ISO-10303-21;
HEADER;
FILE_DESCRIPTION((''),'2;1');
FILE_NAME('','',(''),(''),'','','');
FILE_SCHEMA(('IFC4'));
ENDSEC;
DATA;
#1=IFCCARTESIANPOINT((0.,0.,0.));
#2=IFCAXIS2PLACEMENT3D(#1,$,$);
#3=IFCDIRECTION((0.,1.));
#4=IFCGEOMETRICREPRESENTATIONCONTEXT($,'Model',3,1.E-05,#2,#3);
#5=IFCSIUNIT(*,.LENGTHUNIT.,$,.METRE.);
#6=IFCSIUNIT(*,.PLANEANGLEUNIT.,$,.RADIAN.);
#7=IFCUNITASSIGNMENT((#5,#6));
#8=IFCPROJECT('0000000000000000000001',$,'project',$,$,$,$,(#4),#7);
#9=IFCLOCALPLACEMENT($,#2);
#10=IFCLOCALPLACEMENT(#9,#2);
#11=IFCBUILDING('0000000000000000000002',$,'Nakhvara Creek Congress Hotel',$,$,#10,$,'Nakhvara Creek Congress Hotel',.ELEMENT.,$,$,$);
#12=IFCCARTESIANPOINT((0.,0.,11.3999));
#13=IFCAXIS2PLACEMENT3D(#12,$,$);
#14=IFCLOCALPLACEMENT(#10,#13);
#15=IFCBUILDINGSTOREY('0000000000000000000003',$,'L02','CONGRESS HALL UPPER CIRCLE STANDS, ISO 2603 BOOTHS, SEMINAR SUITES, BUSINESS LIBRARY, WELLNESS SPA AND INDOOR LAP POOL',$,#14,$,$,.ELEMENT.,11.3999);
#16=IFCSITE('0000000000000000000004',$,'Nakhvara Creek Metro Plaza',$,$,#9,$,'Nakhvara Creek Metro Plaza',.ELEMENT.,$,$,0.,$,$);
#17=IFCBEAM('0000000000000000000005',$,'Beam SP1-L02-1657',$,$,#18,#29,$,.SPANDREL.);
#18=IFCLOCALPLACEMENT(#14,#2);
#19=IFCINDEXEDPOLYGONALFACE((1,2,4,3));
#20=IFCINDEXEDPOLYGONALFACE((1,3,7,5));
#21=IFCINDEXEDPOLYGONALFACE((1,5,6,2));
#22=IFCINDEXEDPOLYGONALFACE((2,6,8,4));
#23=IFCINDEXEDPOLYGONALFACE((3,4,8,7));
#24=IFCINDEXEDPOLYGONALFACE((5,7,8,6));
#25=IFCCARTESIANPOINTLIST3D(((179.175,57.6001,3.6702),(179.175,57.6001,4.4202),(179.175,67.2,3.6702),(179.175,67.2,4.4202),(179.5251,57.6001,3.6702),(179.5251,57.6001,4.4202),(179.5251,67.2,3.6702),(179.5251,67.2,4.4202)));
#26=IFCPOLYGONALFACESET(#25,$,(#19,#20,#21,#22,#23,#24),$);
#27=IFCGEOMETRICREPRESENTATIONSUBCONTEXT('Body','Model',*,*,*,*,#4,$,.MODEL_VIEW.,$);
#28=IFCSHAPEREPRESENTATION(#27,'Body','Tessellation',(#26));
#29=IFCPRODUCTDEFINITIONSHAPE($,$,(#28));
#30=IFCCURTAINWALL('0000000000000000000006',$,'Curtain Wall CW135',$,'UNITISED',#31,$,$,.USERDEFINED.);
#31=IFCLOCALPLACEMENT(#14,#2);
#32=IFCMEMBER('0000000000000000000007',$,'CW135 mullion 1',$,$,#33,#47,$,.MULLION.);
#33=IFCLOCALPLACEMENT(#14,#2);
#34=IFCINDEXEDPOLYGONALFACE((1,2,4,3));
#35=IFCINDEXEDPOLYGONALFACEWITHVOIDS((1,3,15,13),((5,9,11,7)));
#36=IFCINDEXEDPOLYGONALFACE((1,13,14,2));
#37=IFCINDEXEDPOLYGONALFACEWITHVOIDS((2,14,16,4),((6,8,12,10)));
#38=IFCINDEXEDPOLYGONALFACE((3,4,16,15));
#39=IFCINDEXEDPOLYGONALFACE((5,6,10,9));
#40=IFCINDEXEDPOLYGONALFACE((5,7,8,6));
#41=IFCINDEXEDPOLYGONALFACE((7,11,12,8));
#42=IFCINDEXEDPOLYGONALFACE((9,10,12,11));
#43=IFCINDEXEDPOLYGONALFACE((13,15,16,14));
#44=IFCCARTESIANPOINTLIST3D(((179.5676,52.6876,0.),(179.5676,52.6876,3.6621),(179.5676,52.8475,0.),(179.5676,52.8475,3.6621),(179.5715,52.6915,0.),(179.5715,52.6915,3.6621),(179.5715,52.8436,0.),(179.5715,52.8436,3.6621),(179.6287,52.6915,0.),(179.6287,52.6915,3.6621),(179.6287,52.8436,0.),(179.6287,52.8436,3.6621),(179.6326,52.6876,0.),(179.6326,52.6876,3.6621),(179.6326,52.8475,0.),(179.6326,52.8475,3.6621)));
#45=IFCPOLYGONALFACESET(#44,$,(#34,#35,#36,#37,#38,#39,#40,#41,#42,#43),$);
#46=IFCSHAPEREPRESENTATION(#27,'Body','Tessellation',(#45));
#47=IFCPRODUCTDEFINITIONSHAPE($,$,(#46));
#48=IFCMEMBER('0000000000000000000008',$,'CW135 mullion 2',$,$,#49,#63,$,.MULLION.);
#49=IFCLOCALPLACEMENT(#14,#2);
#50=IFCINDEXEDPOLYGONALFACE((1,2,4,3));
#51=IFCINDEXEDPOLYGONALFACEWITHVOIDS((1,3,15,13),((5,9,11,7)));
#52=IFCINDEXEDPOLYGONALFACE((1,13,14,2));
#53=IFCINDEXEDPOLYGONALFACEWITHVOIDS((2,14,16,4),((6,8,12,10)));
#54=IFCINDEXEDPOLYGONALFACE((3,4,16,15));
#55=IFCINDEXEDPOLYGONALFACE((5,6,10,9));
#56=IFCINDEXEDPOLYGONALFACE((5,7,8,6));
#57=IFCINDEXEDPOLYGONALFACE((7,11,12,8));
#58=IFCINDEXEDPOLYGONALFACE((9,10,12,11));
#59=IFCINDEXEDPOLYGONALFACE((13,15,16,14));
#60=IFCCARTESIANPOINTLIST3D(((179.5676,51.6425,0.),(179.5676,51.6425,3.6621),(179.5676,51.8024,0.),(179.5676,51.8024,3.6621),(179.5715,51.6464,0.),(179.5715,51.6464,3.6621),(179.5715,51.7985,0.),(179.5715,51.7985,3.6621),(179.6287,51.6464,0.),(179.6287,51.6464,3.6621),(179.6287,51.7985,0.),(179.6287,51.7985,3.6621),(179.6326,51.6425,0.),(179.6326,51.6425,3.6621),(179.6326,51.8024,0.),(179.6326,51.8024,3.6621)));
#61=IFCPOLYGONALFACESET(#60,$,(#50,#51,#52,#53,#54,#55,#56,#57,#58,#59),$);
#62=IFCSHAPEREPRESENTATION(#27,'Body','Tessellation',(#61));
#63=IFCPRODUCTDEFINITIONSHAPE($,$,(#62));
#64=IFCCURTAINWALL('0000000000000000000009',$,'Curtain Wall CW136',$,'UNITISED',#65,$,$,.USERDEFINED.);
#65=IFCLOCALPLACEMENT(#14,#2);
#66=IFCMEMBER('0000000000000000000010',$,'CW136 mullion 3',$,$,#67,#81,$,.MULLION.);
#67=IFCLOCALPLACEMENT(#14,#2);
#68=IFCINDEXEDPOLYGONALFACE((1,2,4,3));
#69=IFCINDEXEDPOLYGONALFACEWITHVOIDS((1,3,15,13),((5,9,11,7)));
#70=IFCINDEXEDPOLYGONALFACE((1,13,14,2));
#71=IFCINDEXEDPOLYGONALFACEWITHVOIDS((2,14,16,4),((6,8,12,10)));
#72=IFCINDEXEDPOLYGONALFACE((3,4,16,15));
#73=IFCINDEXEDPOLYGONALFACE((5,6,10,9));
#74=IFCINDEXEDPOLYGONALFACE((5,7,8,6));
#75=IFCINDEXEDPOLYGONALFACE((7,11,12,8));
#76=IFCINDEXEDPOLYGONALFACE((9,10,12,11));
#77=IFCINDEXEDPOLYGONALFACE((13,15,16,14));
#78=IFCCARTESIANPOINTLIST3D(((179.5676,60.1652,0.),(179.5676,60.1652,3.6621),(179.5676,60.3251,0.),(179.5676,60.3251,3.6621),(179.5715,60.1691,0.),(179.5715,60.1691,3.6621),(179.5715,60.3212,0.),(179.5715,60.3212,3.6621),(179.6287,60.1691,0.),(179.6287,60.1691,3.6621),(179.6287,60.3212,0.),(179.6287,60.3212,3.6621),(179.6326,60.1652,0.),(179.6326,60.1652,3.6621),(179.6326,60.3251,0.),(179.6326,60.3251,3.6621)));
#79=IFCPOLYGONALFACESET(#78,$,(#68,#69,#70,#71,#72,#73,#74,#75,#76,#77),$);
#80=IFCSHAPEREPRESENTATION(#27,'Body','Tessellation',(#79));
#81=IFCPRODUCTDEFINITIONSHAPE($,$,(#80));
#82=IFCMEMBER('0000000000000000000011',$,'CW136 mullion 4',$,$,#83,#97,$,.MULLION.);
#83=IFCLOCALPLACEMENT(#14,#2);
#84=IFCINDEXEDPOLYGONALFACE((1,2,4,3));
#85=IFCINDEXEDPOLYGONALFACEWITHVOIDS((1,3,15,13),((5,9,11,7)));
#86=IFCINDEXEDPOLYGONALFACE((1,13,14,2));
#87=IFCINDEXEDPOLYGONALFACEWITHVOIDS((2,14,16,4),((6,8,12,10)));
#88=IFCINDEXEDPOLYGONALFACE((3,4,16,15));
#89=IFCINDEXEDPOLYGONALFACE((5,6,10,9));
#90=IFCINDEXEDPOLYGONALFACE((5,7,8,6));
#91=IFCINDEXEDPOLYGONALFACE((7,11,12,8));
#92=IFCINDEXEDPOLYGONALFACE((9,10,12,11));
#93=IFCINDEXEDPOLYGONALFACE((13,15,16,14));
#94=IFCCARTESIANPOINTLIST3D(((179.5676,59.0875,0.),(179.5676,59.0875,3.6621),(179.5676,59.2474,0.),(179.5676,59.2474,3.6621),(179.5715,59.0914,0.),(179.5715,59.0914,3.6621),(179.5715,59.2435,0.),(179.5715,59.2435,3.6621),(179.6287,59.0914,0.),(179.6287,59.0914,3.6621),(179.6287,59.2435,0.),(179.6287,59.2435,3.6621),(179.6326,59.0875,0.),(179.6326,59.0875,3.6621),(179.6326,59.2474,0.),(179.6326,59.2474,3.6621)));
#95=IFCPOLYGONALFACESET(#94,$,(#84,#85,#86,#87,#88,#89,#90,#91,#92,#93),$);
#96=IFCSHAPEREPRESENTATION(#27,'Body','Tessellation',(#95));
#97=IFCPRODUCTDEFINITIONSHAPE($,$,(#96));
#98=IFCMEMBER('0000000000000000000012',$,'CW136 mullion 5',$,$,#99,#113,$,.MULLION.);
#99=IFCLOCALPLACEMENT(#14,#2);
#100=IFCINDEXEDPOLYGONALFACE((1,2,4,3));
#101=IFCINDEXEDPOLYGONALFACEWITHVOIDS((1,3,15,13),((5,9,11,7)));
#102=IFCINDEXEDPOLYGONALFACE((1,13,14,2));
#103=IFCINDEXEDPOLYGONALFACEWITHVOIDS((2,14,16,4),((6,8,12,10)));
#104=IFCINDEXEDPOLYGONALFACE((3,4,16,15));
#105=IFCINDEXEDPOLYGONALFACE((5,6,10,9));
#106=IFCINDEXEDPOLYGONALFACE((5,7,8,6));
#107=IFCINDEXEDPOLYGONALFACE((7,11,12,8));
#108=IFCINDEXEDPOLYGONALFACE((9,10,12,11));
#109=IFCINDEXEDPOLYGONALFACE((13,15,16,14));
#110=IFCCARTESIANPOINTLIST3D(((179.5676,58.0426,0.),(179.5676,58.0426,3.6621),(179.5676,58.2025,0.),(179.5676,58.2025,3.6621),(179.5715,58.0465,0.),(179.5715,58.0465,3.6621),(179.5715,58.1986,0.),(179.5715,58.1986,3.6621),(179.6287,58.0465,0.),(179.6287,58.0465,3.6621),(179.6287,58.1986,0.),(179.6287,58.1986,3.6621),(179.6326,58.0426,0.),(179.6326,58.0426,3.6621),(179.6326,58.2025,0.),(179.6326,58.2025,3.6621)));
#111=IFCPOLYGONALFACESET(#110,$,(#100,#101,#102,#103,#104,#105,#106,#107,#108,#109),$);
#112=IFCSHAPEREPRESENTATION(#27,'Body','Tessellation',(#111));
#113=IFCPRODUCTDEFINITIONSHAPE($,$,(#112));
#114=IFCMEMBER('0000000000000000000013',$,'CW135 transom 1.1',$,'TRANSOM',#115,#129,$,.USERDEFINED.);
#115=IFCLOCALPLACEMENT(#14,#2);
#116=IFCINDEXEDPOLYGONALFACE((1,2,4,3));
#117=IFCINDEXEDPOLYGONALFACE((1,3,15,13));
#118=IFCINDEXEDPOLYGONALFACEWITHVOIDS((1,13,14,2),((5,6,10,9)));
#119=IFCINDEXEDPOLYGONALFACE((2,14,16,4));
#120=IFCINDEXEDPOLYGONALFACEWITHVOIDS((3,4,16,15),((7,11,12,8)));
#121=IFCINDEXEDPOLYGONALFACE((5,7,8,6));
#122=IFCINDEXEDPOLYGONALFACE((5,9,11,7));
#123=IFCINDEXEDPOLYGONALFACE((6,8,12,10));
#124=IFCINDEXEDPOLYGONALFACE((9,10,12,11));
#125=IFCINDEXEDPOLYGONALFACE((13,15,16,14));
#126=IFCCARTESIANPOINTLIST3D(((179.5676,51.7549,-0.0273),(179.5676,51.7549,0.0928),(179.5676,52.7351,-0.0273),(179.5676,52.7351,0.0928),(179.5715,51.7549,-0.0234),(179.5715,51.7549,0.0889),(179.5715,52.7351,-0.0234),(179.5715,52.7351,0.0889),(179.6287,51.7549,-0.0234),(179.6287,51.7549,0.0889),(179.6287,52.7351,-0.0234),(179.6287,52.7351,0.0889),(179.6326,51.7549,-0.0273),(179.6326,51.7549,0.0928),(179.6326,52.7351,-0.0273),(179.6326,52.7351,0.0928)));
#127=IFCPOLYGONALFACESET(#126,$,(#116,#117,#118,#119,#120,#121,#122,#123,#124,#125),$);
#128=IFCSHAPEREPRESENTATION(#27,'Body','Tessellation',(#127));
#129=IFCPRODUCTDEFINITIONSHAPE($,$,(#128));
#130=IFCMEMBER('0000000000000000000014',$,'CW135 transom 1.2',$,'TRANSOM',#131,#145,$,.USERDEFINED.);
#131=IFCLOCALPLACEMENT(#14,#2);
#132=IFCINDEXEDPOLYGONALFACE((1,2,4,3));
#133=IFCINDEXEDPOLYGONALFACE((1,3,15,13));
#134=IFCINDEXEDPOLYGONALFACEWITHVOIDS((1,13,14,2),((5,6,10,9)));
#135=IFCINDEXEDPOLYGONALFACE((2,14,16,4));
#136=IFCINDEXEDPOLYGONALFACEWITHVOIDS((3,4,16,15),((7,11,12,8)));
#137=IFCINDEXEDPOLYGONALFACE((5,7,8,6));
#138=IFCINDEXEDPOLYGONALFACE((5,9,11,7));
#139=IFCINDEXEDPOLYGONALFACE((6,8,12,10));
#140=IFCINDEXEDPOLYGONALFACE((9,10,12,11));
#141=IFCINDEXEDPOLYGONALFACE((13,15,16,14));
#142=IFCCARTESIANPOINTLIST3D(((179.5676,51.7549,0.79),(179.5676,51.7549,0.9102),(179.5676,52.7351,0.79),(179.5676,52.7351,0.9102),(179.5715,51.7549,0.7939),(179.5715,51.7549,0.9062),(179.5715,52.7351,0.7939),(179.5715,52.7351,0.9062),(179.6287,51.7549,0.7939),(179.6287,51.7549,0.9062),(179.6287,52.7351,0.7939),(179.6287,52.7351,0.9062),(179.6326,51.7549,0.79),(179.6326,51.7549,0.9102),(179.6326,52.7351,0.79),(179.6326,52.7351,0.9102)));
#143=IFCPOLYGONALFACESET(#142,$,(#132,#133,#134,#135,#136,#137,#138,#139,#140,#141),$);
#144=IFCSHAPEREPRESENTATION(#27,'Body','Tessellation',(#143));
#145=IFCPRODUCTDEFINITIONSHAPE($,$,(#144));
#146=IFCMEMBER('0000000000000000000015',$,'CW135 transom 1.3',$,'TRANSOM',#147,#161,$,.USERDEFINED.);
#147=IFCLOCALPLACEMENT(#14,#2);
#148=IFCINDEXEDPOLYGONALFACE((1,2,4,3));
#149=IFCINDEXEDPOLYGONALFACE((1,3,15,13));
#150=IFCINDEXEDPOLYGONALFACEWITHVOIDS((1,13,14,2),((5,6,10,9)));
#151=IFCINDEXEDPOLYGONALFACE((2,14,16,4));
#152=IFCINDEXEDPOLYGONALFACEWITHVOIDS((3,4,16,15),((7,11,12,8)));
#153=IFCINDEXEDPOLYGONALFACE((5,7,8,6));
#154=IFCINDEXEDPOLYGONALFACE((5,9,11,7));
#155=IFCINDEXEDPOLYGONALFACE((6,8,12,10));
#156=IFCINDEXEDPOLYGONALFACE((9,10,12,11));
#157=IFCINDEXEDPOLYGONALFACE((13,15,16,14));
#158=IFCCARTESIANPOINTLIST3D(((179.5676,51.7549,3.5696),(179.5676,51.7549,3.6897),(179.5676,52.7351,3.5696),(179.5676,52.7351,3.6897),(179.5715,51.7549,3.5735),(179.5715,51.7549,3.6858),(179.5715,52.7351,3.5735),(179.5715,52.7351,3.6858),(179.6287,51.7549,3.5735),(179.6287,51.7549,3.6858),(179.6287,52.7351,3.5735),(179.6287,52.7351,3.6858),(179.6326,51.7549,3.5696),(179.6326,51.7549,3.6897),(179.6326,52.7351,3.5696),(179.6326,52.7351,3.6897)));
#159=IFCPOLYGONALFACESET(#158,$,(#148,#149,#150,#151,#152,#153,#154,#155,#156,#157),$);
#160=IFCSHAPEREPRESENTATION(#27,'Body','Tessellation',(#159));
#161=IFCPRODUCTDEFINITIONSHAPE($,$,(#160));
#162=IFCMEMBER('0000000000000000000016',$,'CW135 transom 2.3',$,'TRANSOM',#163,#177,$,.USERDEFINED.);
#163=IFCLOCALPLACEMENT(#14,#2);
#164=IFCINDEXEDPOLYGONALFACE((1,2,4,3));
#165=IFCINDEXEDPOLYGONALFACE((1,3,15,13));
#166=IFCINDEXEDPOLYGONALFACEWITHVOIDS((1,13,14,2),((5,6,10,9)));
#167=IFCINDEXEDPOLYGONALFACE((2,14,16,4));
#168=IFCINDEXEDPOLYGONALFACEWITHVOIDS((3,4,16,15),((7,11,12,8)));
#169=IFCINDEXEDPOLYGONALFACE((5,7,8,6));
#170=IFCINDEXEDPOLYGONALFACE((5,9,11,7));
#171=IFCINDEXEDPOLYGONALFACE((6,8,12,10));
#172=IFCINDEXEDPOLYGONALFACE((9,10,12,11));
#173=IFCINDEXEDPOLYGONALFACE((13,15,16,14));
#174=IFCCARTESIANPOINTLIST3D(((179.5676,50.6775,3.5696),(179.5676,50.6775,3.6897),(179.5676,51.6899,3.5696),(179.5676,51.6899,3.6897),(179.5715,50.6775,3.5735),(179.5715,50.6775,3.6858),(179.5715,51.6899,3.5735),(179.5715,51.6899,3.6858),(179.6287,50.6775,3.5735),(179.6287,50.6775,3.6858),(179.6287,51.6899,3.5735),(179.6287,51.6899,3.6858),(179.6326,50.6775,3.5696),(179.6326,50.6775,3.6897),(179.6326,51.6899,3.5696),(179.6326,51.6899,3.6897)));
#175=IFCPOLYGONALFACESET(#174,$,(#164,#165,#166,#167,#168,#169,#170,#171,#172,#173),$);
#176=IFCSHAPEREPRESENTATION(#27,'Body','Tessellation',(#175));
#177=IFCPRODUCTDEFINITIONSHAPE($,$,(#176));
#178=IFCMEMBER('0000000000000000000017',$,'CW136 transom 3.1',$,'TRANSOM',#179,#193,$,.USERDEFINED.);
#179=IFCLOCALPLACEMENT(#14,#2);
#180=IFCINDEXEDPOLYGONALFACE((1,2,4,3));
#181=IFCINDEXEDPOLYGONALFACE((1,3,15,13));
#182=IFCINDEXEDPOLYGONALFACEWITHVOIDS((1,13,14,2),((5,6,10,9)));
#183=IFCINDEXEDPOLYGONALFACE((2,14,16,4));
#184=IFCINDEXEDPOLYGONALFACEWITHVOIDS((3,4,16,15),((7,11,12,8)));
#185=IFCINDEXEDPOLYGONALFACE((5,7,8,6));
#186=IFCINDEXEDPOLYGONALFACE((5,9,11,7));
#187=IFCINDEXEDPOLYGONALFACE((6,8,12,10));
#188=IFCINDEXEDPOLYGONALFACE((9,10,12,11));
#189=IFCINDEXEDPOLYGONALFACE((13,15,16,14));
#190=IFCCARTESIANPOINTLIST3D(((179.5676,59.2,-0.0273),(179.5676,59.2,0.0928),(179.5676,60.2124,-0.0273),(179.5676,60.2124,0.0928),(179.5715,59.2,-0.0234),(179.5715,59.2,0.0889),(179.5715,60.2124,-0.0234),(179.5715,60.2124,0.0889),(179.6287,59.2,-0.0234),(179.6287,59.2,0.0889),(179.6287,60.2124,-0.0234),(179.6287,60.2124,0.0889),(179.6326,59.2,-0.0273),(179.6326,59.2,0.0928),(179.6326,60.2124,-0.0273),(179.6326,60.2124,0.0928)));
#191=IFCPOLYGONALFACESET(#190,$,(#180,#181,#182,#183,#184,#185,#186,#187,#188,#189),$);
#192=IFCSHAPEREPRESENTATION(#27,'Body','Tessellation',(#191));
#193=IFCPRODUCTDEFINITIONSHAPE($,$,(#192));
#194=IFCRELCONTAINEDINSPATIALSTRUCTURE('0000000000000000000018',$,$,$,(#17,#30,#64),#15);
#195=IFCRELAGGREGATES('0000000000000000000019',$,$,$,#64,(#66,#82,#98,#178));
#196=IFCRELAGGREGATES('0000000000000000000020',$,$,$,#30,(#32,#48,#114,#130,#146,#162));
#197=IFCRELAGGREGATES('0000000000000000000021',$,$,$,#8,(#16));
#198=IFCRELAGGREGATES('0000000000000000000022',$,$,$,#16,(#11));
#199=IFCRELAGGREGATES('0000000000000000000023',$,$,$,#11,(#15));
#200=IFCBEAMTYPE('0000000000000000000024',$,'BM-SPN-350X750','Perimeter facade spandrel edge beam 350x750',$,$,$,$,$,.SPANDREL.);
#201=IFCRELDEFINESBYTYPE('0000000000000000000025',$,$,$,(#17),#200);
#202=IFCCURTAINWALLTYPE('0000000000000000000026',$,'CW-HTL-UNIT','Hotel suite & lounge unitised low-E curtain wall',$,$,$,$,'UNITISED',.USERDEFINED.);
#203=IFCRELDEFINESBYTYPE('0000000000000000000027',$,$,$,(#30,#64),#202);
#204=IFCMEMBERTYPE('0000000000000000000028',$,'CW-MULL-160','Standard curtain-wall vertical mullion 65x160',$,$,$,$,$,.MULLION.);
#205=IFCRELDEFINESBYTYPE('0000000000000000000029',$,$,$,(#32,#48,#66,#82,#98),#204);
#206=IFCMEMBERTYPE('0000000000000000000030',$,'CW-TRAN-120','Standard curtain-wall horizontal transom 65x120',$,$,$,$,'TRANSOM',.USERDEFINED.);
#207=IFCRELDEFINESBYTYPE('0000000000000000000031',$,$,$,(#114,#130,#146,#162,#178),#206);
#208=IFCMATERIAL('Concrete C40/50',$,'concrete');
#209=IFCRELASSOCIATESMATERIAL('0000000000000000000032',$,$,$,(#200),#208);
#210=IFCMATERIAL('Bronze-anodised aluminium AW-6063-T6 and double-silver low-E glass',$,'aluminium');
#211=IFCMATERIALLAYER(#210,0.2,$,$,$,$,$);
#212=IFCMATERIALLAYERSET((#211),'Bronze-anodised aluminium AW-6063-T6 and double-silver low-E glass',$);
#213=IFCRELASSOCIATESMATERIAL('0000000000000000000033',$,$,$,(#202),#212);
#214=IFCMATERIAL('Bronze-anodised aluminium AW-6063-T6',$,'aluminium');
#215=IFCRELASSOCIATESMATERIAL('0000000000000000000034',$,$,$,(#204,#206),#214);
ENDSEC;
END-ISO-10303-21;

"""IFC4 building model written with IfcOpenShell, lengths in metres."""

from ifc_helpers import new_model, si_unit, direction, frame, origin, origin_2d, place, context, subcontext, project, spatial, rectangle, hollow_rectangle, extrude, material, layer, layer_set, material_profile, profile_set, type_object, element, aggregate, save


model = new_model("IFC4")

# Units and contexts
model_context = context("Model", 3, precision=1e-05, world=origin(), true_north=direction((0.0, 1.0)))
body_context = subcontext(model_context, "Body", "Model", "MODEL_VIEW")
ifc_project = project(units=[si_unit("LENGTHUNIT", "METRE"), si_unit("PLANEANGLEUNIT", "RADIAN")], contexts=[model_context])

# Site, building, storey
site_placement = place(None, origin())
site = spatial("IfcSite", under=ifc_project, at=site_placement, Name="Nakhvara Creek Metro Plaza", LongName="Nakhvara Creek Metro Plaza", CompositionType="ELEMENT", RefElevation=0.0)
building_placement = place(site_placement, origin())
building = spatial("IfcBuilding", under=site, at=building_placement, Name="Nakhvara Creek Congress Hotel", LongName="Nakhvara Creek Congress Hotel", CompositionType="ELEMENT")
storey_placement = place(building_placement, frame((0.0, 0.0, 11.3999)))
storey = spatial("IfcBuildingStorey", under=building, at=storey_placement, Name="L02", Description="CONGRESS HALL UPPER CIRCLE STANDS, ISO 2603 BOOTHS, SEMINAR SUITES, BUSINESS LIBRARY, WELLNESS SPA AND INDOOR LAP POOL", CompositionType="ELEMENT", Elevation=11.3999)

# Beam
ifc_material_1 = material(Name="Concrete C40/50", Category="concrete")
ifc_material_profile_1 = material_profile(ifc_material_1, rectangle(XDim=0.3501, YDim=0.75, at=origin_2d()), Name="RC-SPANDREL 350x750", Category="LoadBearing")
ifc_profile_set_1 = profile_set([ifc_material_profile_1], Name="Concrete C40/50")
beam_type = type_object("IfcBeamType", Name="BM-SPN-350X750", Description="Perimeter facade spandrel edge beam 350x750", PredefinedType="SPANDREL", material=ifc_profile_set_1)
beam_placement = place(storey_placement, frame((179.3501, 57.6001, 4.0452), z_axis=(0.0, 1.0, 0.0), x_axis=(-1.0, 0.0, 0.0)))
element("IfcBeam", 1, at=beam_placement, inside=storey, type_object=beam_type, Name="Beam SP1-L02-1657", PredefinedType="SPANDREL", context=body_context, shape_type="SweptSolid", body=[
    extrude(rectangle(XDim=0.3501, YDim=0.75, at=origin_2d()), origin(), (0.0, 0.0, 1.0), 9.5999),
])

# Curtain walls, members
ifc_material_2 = material(Name="Bronze-anodised aluminium AW-6063-T6 and double-silver low-E glass", Category="aluminium")
ifc_layer_1 = layer(ifc_material_2, 0.2)
ifc_layer_set_1 = layer_set([ifc_layer_1], Name="Bronze-anodised aluminium AW-6063-T6 and double-silver low-E glass")
curtain_wall_type = type_object("IfcCurtainWallType", Name="CW-HTL-UNIT", Description="Hotel suite & lounge unitised low-E curtain wall", ElementType="UNITISED", PredefinedType="USERDEFINED", material=ifc_layer_set_1)
curtain_wall_1_placement = place(storey_placement, origin())
curtain_wall_1 = element("IfcCurtainWall", 2, at=curtain_wall_1_placement, inside=storey, type_object=curtain_wall_type, Name="Curtain Wall CW135", ObjectType="UNITISED", PredefinedType="USERDEFINED")
ifc_material_3 = material(Name="Bronze-anodised aluminium AW-6063-T6", Category="aluminium")
ifc_material_profile_2 = material_profile(ifc_material_3, hollow_rectangle(XDim=0.0649, YDim=0.1599, WallThickness=0.0039, at=origin_2d()), Name="ALU-MULL 65x160x4", Category="LoadBearing")
ifc_profile_set_2 = profile_set([ifc_material_profile_2], Name="Bronze-anodised aluminium AW-6063-T6")
member_type_1 = type_object("IfcMemberType", Name="CW-MULL-160", Description="Standard curtain-wall vertical mullion 65x160", PredefinedType="MULLION", material=ifc_profile_set_2)
member_1_placement = place(storey_placement, frame((179.6001, 52.7676, 0.0), z_axis=(0.0, 0.0, 1.0), x_axis=(1.0, 0.0, 0.0)))
member_1 = element("IfcMember", 3, at=member_1_placement, type_object=member_type_1, Name="CW135 mullion 1", PredefinedType="MULLION", context=body_context, shape_type="SweptSolid", body=[
    extrude(hollow_rectangle(XDim=0.0649, YDim=0.1599, WallThickness=0.0039, at=origin_2d()), origin(), (0.0, 0.0, 1.0), 3.6621),
])
member_2_placement = place(storey_placement, frame((179.6001, 51.7224, 0.0), z_axis=(0.0, 0.0, 1.0), x_axis=(1.0, 0.0, 0.0)))
member_2 = element("IfcMember", 4, at=member_2_placement, type_object=member_type_1, Name="CW135 mullion 2", PredefinedType="MULLION", context=body_context, shape_type="SweptSolid", body=[
    extrude(hollow_rectangle(XDim=0.0649, YDim=0.1599, WallThickness=0.0039, at=origin_2d()), origin(), (0.0, 0.0, 1.0), 3.6621),
])
curtain_wall_2_placement = place(storey_placement, origin())
curtain_wall_2 = element("IfcCurtainWall", 5, at=curtain_wall_2_placement, inside=storey, type_object=curtain_wall_type, Name="Curtain Wall CW136", ObjectType="UNITISED", PredefinedType="USERDEFINED")
member_3_placement = place(storey_placement, frame((179.6001, 60.2451, 0.0), z_axis=(0.0, 0.0, 1.0), x_axis=(1.0, 0.0, 0.0)))
member_3 = element("IfcMember", 6, at=member_3_placement, type_object=member_type_1, Name="CW136 mullion 3", PredefinedType="MULLION", context=body_context, shape_type="SweptSolid", body=[
    extrude(hollow_rectangle(XDim=0.0649, YDim=0.1599, WallThickness=0.0039, at=origin_2d()), origin(), (0.0, 0.0, 1.0), 3.6621),
])
member_4_placement = place(storey_placement, frame((179.6001, 59.1675, 0.0), z_axis=(0.0, 0.0, 1.0), x_axis=(1.0, 0.0, 0.0)))
member_4 = element("IfcMember", 7, at=member_4_placement, type_object=member_type_1, Name="CW136 mullion 4", PredefinedType="MULLION", context=body_context, shape_type="SweptSolid", body=[
    extrude(hollow_rectangle(XDim=0.0649, YDim=0.1599, WallThickness=0.0039, at=origin_2d()), origin(), (0.0, 0.0, 1.0), 3.6621),
])
member_5_placement = place(storey_placement, frame((179.6001, 58.1226, 0.0), z_axis=(0.0, 0.0, 1.0), x_axis=(1.0, 0.0, 0.0)))
member_5 = element("IfcMember", 8, at=member_5_placement, type_object=member_type_1, Name="CW136 mullion 5", PredefinedType="MULLION", context=body_context, shape_type="SweptSolid", body=[
    extrude(hollow_rectangle(XDim=0.0649, YDim=0.1599, WallThickness=0.0039, at=origin_2d()), origin(), (0.0, 0.0, 1.0), 3.6621),
])

# Members
ifc_material_profile_3 = material_profile(ifc_material_3, hollow_rectangle(XDim=0.0649, YDim=0.1201, WallThickness=0.0039, at=origin_2d()), Name="ALU-TRAN 65x120x4", Category="LoadBearing")
ifc_profile_set_3 = profile_set([ifc_material_profile_3], Name="Bronze-anodised aluminium AW-6063-T6")
member_type_2 = type_object("IfcMemberType", Name="CW-TRAN-120", Description="Standard curtain-wall horizontal transom 65x120", ElementType="TRANSOM", PredefinedType="USERDEFINED", material=ifc_profile_set_3)
member_6_placement = place(storey_placement, frame((179.6001, 52.7351, 0.0327), z_axis=(0.0, -1.0, 0.0), x_axis=(1.0, 0.0, 0.0)))
member_6 = element("IfcMember", 9, at=member_6_placement, type_object=member_type_2, Name="CW135 transom 1.1", ObjectType="TRANSOM", PredefinedType="USERDEFINED", context=body_context, shape_type="SweptSolid", body=[
    extrude(hollow_rectangle(XDim=0.0649, YDim=0.1201, WallThickness=0.0039, at=origin_2d()), origin(), (0.0, 0.0, 1.0), 0.9802),
])
member_7_placement = place(storey_placement, frame((179.6001, 52.7351, 0.8501), z_axis=(0.0, -1.0, 0.0), x_axis=(1.0, 0.0, 0.0)))
member_7 = element("IfcMember", 10, at=member_7_placement, type_object=member_type_2, Name="CW135 transom 1.2", ObjectType="TRANSOM", PredefinedType="USERDEFINED", context=body_context, shape_type="SweptSolid", body=[
    extrude(hollow_rectangle(XDim=0.0649, YDim=0.1201, WallThickness=0.0039, at=origin_2d()), origin(), (0.0, 0.0, 1.0), 0.9802),
])
member_8_placement = place(storey_placement, frame((179.6001, 52.7351, 3.6296), z_axis=(0.0, -1.0, 0.0), x_axis=(1.0, 0.0, 0.0)))
member_8 = element("IfcMember", 11, at=member_8_placement, type_object=member_type_2, Name="CW135 transom 1.3", ObjectType="TRANSOM", PredefinedType="USERDEFINED", context=body_context, shape_type="SweptSolid", body=[
    extrude(hollow_rectangle(XDim=0.0649, YDim=0.1201, WallThickness=0.0039, at=origin_2d()), origin(), (0.0, 0.0, 1.0), 0.9802),
])
member_9_placement = place(storey_placement, frame((179.6001, 51.6899, 3.6296), z_axis=(0.0, -1.0, 0.0), x_axis=(1.0, 0.0, 0.0)))
member_9 = element("IfcMember", 12, at=member_9_placement, type_object=member_type_2, Name="CW135 transom 2.3", ObjectType="TRANSOM", PredefinedType="USERDEFINED", context=body_context, shape_type="SweptSolid", body=[
    extrude(hollow_rectangle(XDim=0.0649, YDim=0.1201, WallThickness=0.0039, at=origin_2d()), origin(), (0.0, 0.0, 1.0), 1.0125),
])
member_10_placement = place(storey_placement, frame((179.6001, 60.2124, 0.0327), z_axis=(0.0, -1.0, 0.0), x_axis=(1.0, 0.0, 0.0)))
member_10 = element("IfcMember", 13, at=member_10_placement, type_object=member_type_2, Name="CW136 transom 3.1", ObjectType="TRANSOM", PredefinedType="USERDEFINED", context=body_context, shape_type="SweptSolid", body=[
    extrude(hollow_rectangle(XDim=0.0649, YDim=0.1201, WallThickness=0.0039, at=origin_2d()), origin(), (0.0, 0.0, 1.0), 1.0125),
])

aggregate(curtain_wall_2, [member_3, member_4, member_5, member_10])
aggregate(curtain_wall_1, [member_1, member_2, member_6, member_7, member_8, member_9])

save(model, "model.ifc")
